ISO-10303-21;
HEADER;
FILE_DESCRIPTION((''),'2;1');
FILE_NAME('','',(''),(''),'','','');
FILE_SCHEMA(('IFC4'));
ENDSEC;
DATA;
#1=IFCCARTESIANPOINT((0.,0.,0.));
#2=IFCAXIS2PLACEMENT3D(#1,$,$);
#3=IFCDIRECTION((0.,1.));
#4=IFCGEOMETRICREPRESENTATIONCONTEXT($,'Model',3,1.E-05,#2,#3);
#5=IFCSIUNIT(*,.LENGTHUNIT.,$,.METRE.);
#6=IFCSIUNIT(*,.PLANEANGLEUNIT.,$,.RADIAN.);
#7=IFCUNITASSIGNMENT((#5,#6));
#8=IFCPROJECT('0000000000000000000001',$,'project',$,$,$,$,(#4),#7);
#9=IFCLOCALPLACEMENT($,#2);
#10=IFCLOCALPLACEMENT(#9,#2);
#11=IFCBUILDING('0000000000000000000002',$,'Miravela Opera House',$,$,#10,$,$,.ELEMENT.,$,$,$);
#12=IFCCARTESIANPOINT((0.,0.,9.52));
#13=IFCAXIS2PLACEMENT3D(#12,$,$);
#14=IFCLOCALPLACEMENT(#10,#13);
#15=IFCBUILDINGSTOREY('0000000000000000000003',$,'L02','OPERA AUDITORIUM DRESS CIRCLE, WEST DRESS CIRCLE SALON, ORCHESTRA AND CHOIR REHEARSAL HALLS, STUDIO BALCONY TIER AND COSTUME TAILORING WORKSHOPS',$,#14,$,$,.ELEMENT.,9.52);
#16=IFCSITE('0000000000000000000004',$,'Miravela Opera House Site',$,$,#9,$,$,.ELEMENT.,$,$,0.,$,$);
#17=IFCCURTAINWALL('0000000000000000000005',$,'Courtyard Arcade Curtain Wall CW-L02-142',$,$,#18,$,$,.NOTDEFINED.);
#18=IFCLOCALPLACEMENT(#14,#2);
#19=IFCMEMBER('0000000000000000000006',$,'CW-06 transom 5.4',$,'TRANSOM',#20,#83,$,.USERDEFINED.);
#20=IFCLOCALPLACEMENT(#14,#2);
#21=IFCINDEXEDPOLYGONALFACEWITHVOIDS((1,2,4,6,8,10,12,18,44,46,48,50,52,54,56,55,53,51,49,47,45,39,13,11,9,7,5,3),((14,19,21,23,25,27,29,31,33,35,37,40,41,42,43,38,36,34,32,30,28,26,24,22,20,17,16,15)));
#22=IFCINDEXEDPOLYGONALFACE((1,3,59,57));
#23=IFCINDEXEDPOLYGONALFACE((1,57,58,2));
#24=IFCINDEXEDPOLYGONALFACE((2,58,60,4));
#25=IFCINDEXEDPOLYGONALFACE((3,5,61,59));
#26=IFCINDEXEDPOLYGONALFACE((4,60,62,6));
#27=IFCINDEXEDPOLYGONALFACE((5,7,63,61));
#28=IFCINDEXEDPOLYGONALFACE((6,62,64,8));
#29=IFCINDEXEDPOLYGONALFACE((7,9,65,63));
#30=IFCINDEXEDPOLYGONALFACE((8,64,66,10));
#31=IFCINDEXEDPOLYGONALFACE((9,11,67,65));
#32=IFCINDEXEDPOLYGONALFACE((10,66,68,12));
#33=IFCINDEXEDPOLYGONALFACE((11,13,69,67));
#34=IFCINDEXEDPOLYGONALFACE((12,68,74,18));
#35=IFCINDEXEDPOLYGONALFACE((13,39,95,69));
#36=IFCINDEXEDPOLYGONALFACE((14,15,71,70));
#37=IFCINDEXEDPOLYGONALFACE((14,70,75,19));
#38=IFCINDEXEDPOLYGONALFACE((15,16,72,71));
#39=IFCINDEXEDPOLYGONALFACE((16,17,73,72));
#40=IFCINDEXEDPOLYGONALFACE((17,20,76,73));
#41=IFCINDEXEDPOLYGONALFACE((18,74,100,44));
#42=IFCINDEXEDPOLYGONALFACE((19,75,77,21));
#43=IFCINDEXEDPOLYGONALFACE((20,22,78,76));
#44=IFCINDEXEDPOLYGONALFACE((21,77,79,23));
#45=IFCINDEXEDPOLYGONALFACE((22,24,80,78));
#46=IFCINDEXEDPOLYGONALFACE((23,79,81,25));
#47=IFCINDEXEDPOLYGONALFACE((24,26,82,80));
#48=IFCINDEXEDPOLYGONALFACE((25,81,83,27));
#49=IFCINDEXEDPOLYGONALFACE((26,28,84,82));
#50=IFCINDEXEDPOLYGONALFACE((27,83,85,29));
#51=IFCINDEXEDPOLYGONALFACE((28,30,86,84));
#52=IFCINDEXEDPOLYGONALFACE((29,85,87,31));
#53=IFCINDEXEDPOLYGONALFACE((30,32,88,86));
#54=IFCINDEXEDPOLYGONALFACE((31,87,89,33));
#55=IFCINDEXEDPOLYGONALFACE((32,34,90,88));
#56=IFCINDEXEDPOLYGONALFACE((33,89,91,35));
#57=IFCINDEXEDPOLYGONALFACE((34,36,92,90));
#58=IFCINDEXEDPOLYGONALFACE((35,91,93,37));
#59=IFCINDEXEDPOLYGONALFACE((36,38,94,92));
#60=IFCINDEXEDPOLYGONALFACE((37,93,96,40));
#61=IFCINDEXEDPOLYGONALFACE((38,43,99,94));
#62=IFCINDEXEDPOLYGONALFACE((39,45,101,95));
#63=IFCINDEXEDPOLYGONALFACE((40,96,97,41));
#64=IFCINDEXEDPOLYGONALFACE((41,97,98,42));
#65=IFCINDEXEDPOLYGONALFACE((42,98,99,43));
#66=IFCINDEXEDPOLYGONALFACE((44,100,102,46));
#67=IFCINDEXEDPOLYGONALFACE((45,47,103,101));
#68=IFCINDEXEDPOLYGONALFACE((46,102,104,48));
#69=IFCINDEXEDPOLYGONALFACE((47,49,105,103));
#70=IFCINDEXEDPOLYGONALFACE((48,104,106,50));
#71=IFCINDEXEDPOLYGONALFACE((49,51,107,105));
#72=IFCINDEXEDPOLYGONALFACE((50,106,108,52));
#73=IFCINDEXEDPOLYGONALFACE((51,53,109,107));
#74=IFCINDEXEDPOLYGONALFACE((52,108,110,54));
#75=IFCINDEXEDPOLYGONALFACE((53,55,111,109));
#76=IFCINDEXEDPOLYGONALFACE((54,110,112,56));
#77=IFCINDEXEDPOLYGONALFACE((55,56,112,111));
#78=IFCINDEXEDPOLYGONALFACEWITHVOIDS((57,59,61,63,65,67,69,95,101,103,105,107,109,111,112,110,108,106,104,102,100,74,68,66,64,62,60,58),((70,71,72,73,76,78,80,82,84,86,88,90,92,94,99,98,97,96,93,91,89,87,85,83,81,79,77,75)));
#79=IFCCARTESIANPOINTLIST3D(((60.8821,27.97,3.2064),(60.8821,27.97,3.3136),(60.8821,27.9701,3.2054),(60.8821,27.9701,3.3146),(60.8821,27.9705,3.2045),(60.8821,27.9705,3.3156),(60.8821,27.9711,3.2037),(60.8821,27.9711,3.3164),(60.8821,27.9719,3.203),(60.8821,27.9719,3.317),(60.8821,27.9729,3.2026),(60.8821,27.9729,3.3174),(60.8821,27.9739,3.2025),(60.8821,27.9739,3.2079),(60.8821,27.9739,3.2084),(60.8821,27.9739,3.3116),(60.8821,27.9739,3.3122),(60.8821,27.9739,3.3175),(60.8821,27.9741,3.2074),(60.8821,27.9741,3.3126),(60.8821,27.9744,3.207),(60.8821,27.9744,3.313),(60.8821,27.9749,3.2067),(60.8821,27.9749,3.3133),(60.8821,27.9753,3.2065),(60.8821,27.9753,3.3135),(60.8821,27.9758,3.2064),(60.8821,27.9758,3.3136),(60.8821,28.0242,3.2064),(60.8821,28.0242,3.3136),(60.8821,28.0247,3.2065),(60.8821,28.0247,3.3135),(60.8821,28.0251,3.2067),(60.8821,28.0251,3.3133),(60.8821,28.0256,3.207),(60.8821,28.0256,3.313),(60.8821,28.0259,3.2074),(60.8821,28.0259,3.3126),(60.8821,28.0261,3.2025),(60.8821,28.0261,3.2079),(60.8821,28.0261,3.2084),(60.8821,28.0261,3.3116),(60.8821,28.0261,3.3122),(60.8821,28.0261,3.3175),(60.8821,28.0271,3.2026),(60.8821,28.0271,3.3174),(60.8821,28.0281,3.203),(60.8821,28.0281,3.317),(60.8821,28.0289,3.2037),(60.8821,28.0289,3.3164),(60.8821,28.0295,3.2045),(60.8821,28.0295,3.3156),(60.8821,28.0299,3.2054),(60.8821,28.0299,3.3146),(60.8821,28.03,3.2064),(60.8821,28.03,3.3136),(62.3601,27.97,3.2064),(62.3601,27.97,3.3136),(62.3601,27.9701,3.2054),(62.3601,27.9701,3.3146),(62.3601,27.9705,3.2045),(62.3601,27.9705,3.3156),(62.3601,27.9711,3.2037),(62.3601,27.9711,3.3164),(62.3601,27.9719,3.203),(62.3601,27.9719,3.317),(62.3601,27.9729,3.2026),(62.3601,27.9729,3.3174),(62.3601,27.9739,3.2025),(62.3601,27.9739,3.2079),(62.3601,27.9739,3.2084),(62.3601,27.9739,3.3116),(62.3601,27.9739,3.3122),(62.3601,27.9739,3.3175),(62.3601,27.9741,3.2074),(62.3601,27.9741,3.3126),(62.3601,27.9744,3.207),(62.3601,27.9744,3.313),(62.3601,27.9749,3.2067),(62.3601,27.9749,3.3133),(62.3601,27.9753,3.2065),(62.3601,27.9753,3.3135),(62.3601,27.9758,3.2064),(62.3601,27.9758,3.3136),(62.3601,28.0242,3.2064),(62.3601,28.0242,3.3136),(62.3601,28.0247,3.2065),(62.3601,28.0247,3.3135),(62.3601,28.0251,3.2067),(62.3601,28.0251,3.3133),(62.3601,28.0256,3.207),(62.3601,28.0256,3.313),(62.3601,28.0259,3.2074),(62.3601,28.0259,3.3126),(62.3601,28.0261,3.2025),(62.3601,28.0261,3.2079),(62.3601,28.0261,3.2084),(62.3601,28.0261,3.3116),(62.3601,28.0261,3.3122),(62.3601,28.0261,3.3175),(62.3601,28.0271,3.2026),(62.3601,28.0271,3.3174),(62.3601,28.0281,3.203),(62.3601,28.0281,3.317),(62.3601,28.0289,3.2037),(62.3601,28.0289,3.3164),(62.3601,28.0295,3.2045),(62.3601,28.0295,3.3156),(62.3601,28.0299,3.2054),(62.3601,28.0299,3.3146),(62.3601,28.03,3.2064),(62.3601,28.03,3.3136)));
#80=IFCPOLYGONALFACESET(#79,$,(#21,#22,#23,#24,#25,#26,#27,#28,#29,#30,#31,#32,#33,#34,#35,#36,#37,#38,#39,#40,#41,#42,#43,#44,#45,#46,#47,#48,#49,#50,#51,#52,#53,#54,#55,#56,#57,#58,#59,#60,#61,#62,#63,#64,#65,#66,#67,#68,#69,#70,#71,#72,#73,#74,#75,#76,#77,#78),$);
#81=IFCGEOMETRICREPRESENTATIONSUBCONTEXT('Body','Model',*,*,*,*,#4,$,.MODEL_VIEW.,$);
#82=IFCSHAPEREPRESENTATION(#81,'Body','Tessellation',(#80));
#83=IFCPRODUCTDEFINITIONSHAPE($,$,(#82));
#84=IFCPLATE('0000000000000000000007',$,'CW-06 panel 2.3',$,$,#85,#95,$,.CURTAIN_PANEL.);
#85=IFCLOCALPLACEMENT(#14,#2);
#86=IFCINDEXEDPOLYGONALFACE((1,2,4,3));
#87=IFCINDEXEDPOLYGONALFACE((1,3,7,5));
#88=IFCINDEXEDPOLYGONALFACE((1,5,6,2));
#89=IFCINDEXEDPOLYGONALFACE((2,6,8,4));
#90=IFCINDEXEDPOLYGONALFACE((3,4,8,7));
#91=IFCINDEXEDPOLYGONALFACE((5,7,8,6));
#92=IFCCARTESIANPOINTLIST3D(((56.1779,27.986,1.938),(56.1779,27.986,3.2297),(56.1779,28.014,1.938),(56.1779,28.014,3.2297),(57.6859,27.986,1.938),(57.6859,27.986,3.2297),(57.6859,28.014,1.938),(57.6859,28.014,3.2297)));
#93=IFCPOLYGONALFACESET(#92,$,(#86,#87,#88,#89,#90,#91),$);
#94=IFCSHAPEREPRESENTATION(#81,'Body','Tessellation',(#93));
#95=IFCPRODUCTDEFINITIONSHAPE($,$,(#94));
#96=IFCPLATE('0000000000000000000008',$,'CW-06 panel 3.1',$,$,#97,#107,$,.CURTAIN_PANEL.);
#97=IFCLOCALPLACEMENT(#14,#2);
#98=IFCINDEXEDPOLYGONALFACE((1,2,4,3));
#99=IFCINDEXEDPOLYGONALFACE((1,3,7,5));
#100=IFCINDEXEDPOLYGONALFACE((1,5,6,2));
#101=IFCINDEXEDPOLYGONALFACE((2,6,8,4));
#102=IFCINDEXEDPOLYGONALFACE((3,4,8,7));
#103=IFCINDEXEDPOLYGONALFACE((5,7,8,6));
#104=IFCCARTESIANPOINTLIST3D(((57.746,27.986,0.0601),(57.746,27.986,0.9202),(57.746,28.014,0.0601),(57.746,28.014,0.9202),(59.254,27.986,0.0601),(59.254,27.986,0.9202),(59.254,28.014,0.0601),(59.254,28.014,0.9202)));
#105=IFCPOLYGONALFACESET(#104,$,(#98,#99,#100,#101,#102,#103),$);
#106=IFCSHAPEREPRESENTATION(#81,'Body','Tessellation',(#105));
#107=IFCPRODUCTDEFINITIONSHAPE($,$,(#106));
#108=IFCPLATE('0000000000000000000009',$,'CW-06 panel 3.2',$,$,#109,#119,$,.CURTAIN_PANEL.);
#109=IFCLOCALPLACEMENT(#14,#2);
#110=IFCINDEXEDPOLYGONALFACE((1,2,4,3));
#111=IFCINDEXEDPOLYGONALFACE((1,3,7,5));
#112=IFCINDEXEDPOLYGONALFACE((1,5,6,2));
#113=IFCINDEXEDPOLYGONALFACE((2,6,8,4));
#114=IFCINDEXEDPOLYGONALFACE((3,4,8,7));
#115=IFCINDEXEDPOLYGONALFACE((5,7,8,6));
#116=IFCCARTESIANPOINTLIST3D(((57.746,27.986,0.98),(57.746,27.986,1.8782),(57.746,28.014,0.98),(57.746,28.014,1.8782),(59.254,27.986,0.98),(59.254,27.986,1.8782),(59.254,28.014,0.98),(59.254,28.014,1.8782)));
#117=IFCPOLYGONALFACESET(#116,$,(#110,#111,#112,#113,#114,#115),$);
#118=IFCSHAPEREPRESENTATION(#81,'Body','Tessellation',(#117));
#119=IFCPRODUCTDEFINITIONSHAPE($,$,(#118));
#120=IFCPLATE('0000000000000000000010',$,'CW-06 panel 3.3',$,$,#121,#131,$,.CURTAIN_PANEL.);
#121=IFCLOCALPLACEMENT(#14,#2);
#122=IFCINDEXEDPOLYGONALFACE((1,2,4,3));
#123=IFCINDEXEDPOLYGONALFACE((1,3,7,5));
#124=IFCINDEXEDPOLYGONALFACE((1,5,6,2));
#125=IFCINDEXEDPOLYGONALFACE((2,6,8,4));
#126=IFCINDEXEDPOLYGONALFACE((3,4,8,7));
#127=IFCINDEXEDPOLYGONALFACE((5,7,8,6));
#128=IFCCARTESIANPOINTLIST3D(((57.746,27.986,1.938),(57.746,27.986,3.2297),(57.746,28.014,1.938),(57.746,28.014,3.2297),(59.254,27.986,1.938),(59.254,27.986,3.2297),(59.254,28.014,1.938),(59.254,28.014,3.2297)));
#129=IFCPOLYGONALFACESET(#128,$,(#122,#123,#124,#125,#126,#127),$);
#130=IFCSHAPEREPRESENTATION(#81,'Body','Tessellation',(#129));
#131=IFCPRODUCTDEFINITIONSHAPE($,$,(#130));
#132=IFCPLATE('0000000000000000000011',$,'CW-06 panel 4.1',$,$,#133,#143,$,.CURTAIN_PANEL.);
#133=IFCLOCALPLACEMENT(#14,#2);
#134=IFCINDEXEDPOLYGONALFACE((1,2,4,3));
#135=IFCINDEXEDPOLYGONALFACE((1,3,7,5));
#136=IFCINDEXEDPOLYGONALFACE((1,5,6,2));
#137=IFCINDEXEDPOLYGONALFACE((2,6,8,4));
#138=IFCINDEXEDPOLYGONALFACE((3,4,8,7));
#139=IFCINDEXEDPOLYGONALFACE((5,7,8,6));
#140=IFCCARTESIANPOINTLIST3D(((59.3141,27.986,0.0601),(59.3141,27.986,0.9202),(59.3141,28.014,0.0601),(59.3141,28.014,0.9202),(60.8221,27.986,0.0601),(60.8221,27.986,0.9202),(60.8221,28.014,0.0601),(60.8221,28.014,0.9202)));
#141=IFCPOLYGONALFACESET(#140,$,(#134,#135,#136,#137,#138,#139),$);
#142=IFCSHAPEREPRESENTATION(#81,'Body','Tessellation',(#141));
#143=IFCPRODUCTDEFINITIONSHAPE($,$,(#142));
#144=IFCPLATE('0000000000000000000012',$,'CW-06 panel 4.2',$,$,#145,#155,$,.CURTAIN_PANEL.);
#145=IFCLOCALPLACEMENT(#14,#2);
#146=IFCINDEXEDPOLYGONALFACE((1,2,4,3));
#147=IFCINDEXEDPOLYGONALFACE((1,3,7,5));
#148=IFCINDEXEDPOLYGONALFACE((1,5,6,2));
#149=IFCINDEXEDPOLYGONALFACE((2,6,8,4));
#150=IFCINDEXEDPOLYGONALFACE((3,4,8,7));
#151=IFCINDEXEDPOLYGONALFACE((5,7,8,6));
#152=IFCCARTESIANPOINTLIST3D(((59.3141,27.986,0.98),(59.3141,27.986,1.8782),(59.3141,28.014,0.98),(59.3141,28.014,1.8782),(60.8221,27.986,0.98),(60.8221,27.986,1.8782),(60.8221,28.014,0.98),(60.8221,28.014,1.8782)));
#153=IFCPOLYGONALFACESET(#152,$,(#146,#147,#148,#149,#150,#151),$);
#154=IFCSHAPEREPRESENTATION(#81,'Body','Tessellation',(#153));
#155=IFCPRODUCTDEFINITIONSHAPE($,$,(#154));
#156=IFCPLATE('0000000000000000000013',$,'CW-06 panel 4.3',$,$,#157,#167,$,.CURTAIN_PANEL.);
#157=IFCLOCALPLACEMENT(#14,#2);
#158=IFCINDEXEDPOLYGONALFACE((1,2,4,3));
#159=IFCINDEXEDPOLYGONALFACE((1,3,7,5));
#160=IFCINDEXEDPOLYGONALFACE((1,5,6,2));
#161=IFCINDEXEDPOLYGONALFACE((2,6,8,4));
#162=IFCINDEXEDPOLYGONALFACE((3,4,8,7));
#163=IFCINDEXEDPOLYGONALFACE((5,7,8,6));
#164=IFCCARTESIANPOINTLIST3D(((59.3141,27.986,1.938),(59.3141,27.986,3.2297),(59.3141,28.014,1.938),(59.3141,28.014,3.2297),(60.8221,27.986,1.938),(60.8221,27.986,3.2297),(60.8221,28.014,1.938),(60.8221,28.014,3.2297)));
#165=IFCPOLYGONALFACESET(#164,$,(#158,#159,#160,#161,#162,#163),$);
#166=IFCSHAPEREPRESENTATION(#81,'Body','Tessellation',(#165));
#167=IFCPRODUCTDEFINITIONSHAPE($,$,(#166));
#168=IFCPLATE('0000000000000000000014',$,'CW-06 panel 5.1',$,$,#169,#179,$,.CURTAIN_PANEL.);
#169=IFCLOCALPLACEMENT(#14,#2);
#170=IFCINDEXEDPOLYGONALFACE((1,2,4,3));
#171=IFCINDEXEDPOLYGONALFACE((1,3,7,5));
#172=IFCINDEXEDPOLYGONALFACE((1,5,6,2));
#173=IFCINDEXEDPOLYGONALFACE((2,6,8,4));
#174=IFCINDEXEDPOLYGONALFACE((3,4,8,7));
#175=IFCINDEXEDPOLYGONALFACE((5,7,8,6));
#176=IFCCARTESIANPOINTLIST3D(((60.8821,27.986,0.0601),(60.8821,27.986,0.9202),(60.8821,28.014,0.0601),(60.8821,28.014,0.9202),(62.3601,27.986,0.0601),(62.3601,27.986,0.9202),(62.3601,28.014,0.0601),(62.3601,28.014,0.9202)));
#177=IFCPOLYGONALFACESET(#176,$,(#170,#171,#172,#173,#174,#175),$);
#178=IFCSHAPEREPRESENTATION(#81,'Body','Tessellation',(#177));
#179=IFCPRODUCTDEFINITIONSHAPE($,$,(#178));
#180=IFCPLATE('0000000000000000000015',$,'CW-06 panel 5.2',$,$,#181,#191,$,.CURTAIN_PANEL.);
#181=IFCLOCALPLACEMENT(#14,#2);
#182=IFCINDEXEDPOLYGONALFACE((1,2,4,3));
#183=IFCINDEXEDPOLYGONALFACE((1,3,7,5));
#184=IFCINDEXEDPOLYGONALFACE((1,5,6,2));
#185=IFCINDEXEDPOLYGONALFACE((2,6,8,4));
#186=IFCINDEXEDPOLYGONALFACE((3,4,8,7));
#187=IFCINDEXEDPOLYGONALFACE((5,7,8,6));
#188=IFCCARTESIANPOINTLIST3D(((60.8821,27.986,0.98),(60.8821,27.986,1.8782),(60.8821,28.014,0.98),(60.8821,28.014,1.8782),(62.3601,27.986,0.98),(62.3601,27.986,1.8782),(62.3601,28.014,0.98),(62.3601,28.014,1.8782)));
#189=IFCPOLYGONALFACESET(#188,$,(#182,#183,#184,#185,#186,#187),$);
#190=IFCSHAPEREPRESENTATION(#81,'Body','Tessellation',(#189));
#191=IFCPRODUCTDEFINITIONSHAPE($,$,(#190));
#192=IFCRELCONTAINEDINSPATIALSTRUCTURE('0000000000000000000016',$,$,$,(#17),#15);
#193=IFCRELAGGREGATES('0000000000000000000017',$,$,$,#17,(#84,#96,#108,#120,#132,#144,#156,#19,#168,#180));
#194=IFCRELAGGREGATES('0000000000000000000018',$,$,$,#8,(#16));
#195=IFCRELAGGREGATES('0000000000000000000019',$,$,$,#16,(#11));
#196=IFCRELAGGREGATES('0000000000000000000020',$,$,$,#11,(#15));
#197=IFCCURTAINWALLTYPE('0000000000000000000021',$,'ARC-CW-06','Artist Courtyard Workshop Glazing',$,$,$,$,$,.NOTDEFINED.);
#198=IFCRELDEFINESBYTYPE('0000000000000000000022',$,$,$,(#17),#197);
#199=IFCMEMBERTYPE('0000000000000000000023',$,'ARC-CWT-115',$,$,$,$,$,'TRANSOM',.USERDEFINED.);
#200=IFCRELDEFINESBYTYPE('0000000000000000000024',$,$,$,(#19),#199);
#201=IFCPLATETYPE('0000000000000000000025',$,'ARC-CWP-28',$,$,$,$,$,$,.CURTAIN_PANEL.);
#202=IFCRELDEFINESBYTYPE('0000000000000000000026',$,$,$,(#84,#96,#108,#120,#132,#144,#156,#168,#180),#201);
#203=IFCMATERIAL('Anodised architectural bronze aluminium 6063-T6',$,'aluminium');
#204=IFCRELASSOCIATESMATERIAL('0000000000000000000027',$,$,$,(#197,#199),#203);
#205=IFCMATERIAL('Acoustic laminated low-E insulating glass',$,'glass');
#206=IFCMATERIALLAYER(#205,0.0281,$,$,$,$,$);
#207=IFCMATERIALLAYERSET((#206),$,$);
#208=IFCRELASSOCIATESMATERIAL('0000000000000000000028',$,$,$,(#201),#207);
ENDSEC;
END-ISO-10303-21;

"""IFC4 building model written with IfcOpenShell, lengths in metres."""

from ifc_helpers import new_model, si_unit, direction, frame, origin, origin_2d, place, context, subcontext, project, spatial, rectangle, hollow_rectangle, extrude, material, layer, layer_set, material_profile, profile_set, type_object, element, aggregate, save


model = new_model("IFC4")

# Units and contexts
model_context = context("Model", 3, precision=1e-05, world=origin(), true_north=direction((0.0, 1.0)))
body_context = subcontext(model_context, "Body", "Model", "MODEL_VIEW")
ifc_project = project(units=[si_unit("LENGTHUNIT", "METRE"), si_unit("PLANEANGLEUNIT", "RADIAN")], contexts=[model_context])

# Site, building, storey
site_placement = place(None, origin())
site = spatial("IfcSite", under=ifc_project, at=site_placement, Name="Miravela Opera House Site", CompositionType="ELEMENT", RefElevation=0.0)
building_placement = place(site_placement, origin())
building = spatial("IfcBuilding", under=site, at=building_placement, Name="Miravela Opera House", CompositionType="ELEMENT")
storey_placement = place(building_placement, frame((0.0, 0.0, 9.52)))
storey = spatial("IfcBuildingStorey", under=building, at=storey_placement, Name="L02", Description="OPERA AUDITORIUM DRESS CIRCLE, WEST DRESS CIRCLE SALON, ORCHESTRA AND CHOIR REHEARSAL HALLS, STUDIO BALCONY TIER AND COSTUME TAILORING WORKSHOPS", CompositionType="ELEMENT", Elevation=9.52)

# Curtain wall, member, plates
ifc_material_1 = material(Name="Anodised architectural bronze aluminium 6063-T6", Category="aluminium")
curtain_wall_type = type_object("IfcCurtainWallType", Name="ARC-CW-06", Description="Artist Courtyard Workshop Glazing", PredefinedType="NOTDEFINED", material=ifc_material_1)
curtain_wall_placement = place(storey_placement, origin())
curtain_wall = element("IfcCurtainWall", 1, at=curtain_wall_placement, inside=storey, type_object=curtain_wall_type, Name="Courtyard Arcade Curtain Wall CW-L02-142", PredefinedType="NOTDEFINED")
ifc_material_profile_1 = material_profile(ifc_material_1, hollow_rectangle(XDim=0.0601, YDim=0.115, WallThickness=0.0039, InnerFilletRadius=0.002, OuterFilletRadius=0.0039, at=origin_2d()), Name="CWT-60X115")
ifc_profile_set_1 = profile_set([ifc_material_profile_1])
member_type_1 = type_object("IfcMemberType", Name="ARC-CWT-115", ElementType="TRANSOM", PredefinedType="USERDEFINED", material=ifc_profile_set_1)
member_1_placement = place(storey_placement, frame((60.8821, 28.0, 3.26), z_axis=(1.0, 0.0, 0.0), x_axis=(0.0, 1.0, 0.0)))
member_1 = element("IfcMember", 2, at=member_1_placement, type_object=member_type_1, Name="CW-06 transom 5.4", ObjectType="TRANSOM", PredefinedType="USERDEFINED", context=body_context, shape_type="SweptSolid", body=[
    extrude(hollow_rectangle(XDim=0.0601, YDim=0.115, WallThickness=0.0039, InnerFilletRadius=0.002, OuterFilletRadius=0.0039, at=origin_2d()), origin(), (0.0, 0.0, 1.0), 1.478),
])
ifc_material_2 = material(Name="Acoustic laminated low-E insulating glass", Category="glass")
ifc_layer = layer(ifc_material_2, 0.0281)
ifc_layer_set = layer_set([ifc_layer])
plate_type = type_object("IfcPlateType", Name="ARC-CWP-28", PredefinedType="CURTAIN_PANEL", material=ifc_layer_set)
plate_1_placement = place(storey_placement, frame((56.9319, 28.0, 1.938), z_axis=(0.0, 0.0, 1.0), x_axis=(1.0, 0.0, 0.0)))
plate_1 = element("IfcPlate", 3, at=plate_1_placement, type_object=plate_type, Name="CW-06 panel 2.3", PredefinedType="CURTAIN_PANEL", context=body_context, shape_type="SweptSolid", body=[
    extrude(rectangle(XDim=1.5081, YDim=0.0281, at=origin_2d()), origin(), (0.0, 0.0, 1.0), 1.2917),
])
plate_2_placement = place(storey_placement, frame((58.5, 28.0, 0.0601), z_axis=(0.0, 0.0, 1.0), x_axis=(1.0, 0.0, 0.0)))
plate_2 = element("IfcPlate", 4, at=plate_2_placement, type_object=plate_type, Name="CW-06 panel 3.1", PredefinedType="CURTAIN_PANEL", context=body_context, shape_type="SweptSolid", body=[
    extrude(rectangle(XDim=1.5081, YDim=0.0281, at=origin_2d()), origin(), (0.0, 0.0, 1.0), 0.8601),
])
plate_3_placement = place(storey_placement, frame((58.5, 28.0, 0.98), z_axis=(0.0, 0.0, 1.0), x_axis=(1.0, 0.0, 0.0)))
plate_3 = element("IfcPlate", 5, at=plate_3_placement, type_object=plate_type, Name="CW-06 panel 3.2", PredefinedType="CURTAIN_PANEL", context=body_context, shape_type="SweptSolid", body=[
    extrude(rectangle(XDim=1.5081, YDim=0.0281, at=origin_2d()), origin(), (0.0, 0.0, 1.0), 0.8982),
])
plate_4_placement = place(storey_placement, frame((58.5, 28.0, 1.938), z_axis=(0.0, 0.0, 1.0), x_axis=(1.0, 0.0, 0.0)))
plate_4 = element("IfcPlate", 6, at=plate_4_placement, type_object=plate_type, Name="CW-06 panel 3.3", PredefinedType="CURTAIN_PANEL", context=body_context, shape_type="SweptSolid", body=[
    extrude(rectangle(XDim=1.5081, YDim=0.0281, at=origin_2d()), origin(), (0.0, 0.0, 1.0), 1.2917),
])
plate_5_placement = place(storey_placement, frame((60.0681, 28.0, 0.0601), z_axis=(0.0, 0.0, 1.0), x_axis=(1.0, 0.0, 0.0)))
plate_5 = element("IfcPlate", 7, at=plate_5_placement, type_object=plate_type, Name="CW-06 panel 4.1", PredefinedType="CURTAIN_PANEL", context=body_context, shape_type="SweptSolid", body=[
    extrude(rectangle(XDim=1.5081, YDim=0.0281, at=origin_2d()), origin(), (0.0, 0.0, 1.0), 0.8601),
])
plate_6_placement = place(storey_placement, frame((60.0681, 28.0, 0.98), z_axis=(0.0, 0.0, 1.0), x_axis=(1.0, 0.0, 0.0)))
plate_6 = element("IfcPlate", 8, at=plate_6_placement, type_object=plate_type, Name="CW-06 panel 4.2", PredefinedType="CURTAIN_PANEL", context=body_context, shape_type="SweptSolid", body=[
    extrude(rectangle(XDim=1.5081, YDim=0.0281, at=origin_2d()), origin(), (0.0, 0.0, 1.0), 0.8982),
])
plate_7_placement = place(storey_placement, frame((60.0681, 28.0, 1.938), z_axis=(0.0, 0.0, 1.0), x_axis=(1.0, 0.0, 0.0)))
plate_7 = element("IfcPlate", 9, at=plate_7_placement, type_object=plate_type, Name="CW-06 panel 4.3", PredefinedType="CURTAIN_PANEL", context=body_context, shape_type="SweptSolid", body=[
    extrude(rectangle(XDim=1.5081, YDim=0.0281, at=origin_2d()), origin(), (0.0, 0.0, 1.0), 1.2917),
])
plate_8_placement = place(storey_placement, frame((61.6211, 28.0, 0.0601), z_axis=(0.0, 0.0, 1.0), x_axis=(1.0, 0.0, 0.0)))
plate_8 = element("IfcPlate", 10, at=plate_8_placement, type_object=plate_type, Name="CW-06 panel 5.1", PredefinedType="CURTAIN_PANEL", context=body_context, shape_type="SweptSolid", body=[
    extrude(rectangle(XDim=1.478, YDim=0.0281, at=origin_2d()), origin(), (0.0, 0.0, 1.0), 0.8601),
])
plate_9_placement = place(storey_placement, frame((61.6211, 28.0, 0.98), z_axis=(0.0, 0.0, 1.0), x_axis=(1.0, 0.0, 0.0)))
plate_9 = element("IfcPlate", 11, at=plate_9_placement, type_object=plate_type, Name="CW-06 panel 5.2", PredefinedType="CURTAIN_PANEL", context=body_context, shape_type="SweptSolid", body=[
    extrude(rectangle(XDim=1.478, YDim=0.0281, at=origin_2d()), origin(), (0.0, 0.0, 1.0), 0.8982),
])
aggregate(curtain_wall, [plate_1, plate_2, plate_3, plate_4, plate_5, plate_6, plate_7, member_1, plate_8, plate_9])

save(model, "model.ifc")
